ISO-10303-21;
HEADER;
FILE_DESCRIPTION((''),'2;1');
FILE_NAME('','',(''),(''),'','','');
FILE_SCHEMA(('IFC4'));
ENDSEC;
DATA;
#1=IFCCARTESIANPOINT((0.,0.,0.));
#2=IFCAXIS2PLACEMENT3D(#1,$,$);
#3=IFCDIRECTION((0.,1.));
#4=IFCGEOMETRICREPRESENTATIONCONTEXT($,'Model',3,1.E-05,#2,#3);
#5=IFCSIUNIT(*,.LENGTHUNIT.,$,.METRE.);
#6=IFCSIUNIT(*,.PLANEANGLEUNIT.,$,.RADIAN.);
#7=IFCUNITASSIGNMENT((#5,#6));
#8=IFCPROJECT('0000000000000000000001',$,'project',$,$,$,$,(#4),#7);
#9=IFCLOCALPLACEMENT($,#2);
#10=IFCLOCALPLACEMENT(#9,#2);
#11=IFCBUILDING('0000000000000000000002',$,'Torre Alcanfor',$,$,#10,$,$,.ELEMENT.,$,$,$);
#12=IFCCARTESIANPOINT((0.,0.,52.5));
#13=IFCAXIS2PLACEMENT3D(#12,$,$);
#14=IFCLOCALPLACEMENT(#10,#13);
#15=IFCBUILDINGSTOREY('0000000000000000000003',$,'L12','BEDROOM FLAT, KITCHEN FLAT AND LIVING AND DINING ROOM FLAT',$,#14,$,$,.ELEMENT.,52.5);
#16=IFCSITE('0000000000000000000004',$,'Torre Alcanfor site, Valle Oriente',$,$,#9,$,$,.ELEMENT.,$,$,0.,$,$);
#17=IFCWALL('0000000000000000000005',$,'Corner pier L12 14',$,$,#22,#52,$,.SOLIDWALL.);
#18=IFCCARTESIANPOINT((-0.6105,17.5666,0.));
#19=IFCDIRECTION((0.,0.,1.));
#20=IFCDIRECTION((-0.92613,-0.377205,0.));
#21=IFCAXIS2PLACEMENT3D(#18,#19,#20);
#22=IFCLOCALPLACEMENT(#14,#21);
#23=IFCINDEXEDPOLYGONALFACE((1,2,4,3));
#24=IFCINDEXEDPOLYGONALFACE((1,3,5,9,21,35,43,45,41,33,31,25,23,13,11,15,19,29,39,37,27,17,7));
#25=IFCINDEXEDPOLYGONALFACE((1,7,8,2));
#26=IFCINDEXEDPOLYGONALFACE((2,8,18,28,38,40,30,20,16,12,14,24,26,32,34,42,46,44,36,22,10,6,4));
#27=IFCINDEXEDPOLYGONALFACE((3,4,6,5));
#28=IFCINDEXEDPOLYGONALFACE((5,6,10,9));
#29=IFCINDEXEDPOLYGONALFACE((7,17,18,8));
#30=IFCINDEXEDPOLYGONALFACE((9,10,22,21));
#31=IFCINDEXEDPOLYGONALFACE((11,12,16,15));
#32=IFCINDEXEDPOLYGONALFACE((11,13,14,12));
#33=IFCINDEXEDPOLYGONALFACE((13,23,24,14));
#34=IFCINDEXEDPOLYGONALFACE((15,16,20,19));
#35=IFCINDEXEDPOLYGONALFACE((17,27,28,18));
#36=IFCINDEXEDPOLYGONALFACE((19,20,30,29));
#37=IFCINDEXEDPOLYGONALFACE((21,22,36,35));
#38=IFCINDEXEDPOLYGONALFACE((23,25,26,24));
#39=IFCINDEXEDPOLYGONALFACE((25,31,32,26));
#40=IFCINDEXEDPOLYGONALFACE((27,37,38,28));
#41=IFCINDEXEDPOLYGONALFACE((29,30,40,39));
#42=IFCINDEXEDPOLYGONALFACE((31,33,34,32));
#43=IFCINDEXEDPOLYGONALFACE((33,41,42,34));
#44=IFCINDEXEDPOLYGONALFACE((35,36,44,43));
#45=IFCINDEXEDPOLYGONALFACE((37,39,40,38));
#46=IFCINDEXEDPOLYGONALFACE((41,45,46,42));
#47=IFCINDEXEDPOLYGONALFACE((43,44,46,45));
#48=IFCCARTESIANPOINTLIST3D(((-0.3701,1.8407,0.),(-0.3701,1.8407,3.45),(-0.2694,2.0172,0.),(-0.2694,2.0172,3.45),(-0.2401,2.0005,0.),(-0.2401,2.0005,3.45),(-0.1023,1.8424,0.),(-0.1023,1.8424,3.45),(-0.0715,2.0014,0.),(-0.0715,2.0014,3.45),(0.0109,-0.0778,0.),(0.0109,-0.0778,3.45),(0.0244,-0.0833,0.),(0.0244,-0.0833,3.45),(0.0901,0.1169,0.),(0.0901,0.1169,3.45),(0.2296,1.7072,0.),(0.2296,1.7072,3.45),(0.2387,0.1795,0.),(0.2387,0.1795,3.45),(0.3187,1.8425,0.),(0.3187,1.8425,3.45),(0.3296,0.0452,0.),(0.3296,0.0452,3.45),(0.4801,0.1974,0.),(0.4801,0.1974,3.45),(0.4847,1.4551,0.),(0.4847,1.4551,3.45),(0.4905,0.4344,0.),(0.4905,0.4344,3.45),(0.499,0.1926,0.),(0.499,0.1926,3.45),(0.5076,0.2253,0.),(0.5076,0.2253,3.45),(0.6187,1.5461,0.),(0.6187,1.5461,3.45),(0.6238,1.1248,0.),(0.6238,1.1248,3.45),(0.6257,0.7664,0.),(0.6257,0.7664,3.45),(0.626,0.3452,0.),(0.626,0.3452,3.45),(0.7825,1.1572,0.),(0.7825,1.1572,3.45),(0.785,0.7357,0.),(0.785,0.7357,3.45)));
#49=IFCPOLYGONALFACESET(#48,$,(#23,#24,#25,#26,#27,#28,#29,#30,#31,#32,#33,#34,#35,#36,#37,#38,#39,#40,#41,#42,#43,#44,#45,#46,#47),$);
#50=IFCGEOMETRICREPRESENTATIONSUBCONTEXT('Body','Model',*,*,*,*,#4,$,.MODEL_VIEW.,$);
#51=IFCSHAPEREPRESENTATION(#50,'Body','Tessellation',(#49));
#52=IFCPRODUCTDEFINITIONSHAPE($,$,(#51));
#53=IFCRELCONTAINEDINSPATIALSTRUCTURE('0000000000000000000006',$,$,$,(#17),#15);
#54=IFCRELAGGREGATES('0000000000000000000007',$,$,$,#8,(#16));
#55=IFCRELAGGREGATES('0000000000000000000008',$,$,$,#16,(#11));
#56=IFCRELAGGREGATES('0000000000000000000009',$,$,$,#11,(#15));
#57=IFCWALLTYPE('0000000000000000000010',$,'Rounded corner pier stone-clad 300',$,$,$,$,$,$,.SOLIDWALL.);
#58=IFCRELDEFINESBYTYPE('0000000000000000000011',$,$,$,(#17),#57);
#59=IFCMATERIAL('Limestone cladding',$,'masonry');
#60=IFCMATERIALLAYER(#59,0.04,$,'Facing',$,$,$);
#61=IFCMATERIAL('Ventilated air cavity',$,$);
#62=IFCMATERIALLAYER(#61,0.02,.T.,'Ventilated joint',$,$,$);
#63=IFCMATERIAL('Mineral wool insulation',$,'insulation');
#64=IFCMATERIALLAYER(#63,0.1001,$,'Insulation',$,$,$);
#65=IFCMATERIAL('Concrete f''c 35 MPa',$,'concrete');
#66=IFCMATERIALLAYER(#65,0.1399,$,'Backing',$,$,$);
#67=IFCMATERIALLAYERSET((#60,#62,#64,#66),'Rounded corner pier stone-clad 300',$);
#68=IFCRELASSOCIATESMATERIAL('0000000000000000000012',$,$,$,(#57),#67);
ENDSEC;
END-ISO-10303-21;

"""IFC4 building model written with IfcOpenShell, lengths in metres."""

from ifc_helpers import new_model, si_unit, direction, frame, origin, place, context, subcontext, project, spatial, polyline, outline, extrude, material, layer, layer_set, type_object, element, save


model = new_model("IFC4")

# Units and contexts
model_context = context("Model", 3, precision=1e-05, world=origin(), true_north=direction((0.0, 1.0)))
body_context = subcontext(model_context, "Body", "Model", "MODEL_VIEW")
ifc_project = project(units=[si_unit("LENGTHUNIT", "METRE"), si_unit("PLANEANGLEUNIT", "RADIAN")], contexts=[model_context])

# Site, building, storey
site_placement = place(None, origin())
site = spatial("IfcSite", under=ifc_project, at=site_placement, Name="Torre Alcanfor site, Valle Oriente", CompositionType="ELEMENT", RefElevation=0.0)
building_placement = place(site_placement, origin())
building = spatial("IfcBuilding", under=site, at=building_placement, Name="Torre Alcanfor", CompositionType="ELEMENT")
storey_placement = place(building_placement, frame((0.0, 0.0, 52.5)))
storey = spatial("IfcBuildingStorey", under=building, at=storey_placement, Name="L12", Description="BEDROOM FLAT, KITCHEN FLAT AND LIVING AND DINING ROOM FLAT", CompositionType="ELEMENT", Elevation=52.5)

# Wall
ifc_material_1 = material(Name="Limestone cladding", Category="masonry")
ifc_layer_1 = layer(ifc_material_1, 0.04, Name="Facing")
ifc_material_2 = material(Name="Ventilated air cavity")
ifc_layer_2 = layer(ifc_material_2, 0.02, ventilated=True, Name="Ventilated joint")
ifc_material_3 = material(Name="Mineral wool insulation", Category="insulation")
ifc_layer_3 = layer(ifc_material_3, 0.1001, Name="Insulation")
ifc_material_4 = material(Name="Concrete f'c 35 MPa", Category="concrete")
ifc_layer_4 = layer(ifc_material_4, 0.1399, Name="Backing")
ifc_layer_set_1 = layer_set([ifc_layer_1, ifc_layer_2, ifc_layer_3, ifc_layer_4], Name="Rounded corner pier stone-clad 300")
wall_type_1 = type_object("IfcWallType", Name="Rounded corner pier stone-clad 300", PredefinedType="SOLIDWALL", material=ifc_layer_set_1)
wall_1_placement = place(storey_placement, frame((-0.6105, 17.5666, 0.0), z_axis=(0.0, 0.0, 1.0), x_axis=(-0.92613, -0.377205, 0.0)))
element("IfcWall", 1, at=wall_1_placement, inside=storey, type_object=wall_type_1, Name="Corner pier L12 14", PredefinedType="SOLIDWALL", context=body_context, shape_type="SweptSolid", body=[
    extrude(outline(polyline([(-0.2694, 2.0172), (-0.3701, 1.8407), (-0.1023, 1.8424), (0.2296, 1.7072), (0.4847, 1.4551), (0.6238, 1.1248), (0.6257, 0.7664), (0.4905, 0.4344), (0.2387, 0.1795), (0.0901, 0.1169), (0.0109, -0.0778), (0.0244, -0.0833), (0.3296, 0.0452), (0.4801, 0.1974), (0.499, 0.1926), (0.5076, 0.2253), (0.626, 0.3452), (0.785, 0.7357), (0.7825, 1.1572), (0.6187, 1.5461), (0.3187, 1.8425), (-0.0715, 2.0014), (-0.2401, 2.0005), (-0.2694, 2.0172)])), origin(), (0.0, 0.0, 1.0), 3.45),
])

save(model, "model.ifc")
